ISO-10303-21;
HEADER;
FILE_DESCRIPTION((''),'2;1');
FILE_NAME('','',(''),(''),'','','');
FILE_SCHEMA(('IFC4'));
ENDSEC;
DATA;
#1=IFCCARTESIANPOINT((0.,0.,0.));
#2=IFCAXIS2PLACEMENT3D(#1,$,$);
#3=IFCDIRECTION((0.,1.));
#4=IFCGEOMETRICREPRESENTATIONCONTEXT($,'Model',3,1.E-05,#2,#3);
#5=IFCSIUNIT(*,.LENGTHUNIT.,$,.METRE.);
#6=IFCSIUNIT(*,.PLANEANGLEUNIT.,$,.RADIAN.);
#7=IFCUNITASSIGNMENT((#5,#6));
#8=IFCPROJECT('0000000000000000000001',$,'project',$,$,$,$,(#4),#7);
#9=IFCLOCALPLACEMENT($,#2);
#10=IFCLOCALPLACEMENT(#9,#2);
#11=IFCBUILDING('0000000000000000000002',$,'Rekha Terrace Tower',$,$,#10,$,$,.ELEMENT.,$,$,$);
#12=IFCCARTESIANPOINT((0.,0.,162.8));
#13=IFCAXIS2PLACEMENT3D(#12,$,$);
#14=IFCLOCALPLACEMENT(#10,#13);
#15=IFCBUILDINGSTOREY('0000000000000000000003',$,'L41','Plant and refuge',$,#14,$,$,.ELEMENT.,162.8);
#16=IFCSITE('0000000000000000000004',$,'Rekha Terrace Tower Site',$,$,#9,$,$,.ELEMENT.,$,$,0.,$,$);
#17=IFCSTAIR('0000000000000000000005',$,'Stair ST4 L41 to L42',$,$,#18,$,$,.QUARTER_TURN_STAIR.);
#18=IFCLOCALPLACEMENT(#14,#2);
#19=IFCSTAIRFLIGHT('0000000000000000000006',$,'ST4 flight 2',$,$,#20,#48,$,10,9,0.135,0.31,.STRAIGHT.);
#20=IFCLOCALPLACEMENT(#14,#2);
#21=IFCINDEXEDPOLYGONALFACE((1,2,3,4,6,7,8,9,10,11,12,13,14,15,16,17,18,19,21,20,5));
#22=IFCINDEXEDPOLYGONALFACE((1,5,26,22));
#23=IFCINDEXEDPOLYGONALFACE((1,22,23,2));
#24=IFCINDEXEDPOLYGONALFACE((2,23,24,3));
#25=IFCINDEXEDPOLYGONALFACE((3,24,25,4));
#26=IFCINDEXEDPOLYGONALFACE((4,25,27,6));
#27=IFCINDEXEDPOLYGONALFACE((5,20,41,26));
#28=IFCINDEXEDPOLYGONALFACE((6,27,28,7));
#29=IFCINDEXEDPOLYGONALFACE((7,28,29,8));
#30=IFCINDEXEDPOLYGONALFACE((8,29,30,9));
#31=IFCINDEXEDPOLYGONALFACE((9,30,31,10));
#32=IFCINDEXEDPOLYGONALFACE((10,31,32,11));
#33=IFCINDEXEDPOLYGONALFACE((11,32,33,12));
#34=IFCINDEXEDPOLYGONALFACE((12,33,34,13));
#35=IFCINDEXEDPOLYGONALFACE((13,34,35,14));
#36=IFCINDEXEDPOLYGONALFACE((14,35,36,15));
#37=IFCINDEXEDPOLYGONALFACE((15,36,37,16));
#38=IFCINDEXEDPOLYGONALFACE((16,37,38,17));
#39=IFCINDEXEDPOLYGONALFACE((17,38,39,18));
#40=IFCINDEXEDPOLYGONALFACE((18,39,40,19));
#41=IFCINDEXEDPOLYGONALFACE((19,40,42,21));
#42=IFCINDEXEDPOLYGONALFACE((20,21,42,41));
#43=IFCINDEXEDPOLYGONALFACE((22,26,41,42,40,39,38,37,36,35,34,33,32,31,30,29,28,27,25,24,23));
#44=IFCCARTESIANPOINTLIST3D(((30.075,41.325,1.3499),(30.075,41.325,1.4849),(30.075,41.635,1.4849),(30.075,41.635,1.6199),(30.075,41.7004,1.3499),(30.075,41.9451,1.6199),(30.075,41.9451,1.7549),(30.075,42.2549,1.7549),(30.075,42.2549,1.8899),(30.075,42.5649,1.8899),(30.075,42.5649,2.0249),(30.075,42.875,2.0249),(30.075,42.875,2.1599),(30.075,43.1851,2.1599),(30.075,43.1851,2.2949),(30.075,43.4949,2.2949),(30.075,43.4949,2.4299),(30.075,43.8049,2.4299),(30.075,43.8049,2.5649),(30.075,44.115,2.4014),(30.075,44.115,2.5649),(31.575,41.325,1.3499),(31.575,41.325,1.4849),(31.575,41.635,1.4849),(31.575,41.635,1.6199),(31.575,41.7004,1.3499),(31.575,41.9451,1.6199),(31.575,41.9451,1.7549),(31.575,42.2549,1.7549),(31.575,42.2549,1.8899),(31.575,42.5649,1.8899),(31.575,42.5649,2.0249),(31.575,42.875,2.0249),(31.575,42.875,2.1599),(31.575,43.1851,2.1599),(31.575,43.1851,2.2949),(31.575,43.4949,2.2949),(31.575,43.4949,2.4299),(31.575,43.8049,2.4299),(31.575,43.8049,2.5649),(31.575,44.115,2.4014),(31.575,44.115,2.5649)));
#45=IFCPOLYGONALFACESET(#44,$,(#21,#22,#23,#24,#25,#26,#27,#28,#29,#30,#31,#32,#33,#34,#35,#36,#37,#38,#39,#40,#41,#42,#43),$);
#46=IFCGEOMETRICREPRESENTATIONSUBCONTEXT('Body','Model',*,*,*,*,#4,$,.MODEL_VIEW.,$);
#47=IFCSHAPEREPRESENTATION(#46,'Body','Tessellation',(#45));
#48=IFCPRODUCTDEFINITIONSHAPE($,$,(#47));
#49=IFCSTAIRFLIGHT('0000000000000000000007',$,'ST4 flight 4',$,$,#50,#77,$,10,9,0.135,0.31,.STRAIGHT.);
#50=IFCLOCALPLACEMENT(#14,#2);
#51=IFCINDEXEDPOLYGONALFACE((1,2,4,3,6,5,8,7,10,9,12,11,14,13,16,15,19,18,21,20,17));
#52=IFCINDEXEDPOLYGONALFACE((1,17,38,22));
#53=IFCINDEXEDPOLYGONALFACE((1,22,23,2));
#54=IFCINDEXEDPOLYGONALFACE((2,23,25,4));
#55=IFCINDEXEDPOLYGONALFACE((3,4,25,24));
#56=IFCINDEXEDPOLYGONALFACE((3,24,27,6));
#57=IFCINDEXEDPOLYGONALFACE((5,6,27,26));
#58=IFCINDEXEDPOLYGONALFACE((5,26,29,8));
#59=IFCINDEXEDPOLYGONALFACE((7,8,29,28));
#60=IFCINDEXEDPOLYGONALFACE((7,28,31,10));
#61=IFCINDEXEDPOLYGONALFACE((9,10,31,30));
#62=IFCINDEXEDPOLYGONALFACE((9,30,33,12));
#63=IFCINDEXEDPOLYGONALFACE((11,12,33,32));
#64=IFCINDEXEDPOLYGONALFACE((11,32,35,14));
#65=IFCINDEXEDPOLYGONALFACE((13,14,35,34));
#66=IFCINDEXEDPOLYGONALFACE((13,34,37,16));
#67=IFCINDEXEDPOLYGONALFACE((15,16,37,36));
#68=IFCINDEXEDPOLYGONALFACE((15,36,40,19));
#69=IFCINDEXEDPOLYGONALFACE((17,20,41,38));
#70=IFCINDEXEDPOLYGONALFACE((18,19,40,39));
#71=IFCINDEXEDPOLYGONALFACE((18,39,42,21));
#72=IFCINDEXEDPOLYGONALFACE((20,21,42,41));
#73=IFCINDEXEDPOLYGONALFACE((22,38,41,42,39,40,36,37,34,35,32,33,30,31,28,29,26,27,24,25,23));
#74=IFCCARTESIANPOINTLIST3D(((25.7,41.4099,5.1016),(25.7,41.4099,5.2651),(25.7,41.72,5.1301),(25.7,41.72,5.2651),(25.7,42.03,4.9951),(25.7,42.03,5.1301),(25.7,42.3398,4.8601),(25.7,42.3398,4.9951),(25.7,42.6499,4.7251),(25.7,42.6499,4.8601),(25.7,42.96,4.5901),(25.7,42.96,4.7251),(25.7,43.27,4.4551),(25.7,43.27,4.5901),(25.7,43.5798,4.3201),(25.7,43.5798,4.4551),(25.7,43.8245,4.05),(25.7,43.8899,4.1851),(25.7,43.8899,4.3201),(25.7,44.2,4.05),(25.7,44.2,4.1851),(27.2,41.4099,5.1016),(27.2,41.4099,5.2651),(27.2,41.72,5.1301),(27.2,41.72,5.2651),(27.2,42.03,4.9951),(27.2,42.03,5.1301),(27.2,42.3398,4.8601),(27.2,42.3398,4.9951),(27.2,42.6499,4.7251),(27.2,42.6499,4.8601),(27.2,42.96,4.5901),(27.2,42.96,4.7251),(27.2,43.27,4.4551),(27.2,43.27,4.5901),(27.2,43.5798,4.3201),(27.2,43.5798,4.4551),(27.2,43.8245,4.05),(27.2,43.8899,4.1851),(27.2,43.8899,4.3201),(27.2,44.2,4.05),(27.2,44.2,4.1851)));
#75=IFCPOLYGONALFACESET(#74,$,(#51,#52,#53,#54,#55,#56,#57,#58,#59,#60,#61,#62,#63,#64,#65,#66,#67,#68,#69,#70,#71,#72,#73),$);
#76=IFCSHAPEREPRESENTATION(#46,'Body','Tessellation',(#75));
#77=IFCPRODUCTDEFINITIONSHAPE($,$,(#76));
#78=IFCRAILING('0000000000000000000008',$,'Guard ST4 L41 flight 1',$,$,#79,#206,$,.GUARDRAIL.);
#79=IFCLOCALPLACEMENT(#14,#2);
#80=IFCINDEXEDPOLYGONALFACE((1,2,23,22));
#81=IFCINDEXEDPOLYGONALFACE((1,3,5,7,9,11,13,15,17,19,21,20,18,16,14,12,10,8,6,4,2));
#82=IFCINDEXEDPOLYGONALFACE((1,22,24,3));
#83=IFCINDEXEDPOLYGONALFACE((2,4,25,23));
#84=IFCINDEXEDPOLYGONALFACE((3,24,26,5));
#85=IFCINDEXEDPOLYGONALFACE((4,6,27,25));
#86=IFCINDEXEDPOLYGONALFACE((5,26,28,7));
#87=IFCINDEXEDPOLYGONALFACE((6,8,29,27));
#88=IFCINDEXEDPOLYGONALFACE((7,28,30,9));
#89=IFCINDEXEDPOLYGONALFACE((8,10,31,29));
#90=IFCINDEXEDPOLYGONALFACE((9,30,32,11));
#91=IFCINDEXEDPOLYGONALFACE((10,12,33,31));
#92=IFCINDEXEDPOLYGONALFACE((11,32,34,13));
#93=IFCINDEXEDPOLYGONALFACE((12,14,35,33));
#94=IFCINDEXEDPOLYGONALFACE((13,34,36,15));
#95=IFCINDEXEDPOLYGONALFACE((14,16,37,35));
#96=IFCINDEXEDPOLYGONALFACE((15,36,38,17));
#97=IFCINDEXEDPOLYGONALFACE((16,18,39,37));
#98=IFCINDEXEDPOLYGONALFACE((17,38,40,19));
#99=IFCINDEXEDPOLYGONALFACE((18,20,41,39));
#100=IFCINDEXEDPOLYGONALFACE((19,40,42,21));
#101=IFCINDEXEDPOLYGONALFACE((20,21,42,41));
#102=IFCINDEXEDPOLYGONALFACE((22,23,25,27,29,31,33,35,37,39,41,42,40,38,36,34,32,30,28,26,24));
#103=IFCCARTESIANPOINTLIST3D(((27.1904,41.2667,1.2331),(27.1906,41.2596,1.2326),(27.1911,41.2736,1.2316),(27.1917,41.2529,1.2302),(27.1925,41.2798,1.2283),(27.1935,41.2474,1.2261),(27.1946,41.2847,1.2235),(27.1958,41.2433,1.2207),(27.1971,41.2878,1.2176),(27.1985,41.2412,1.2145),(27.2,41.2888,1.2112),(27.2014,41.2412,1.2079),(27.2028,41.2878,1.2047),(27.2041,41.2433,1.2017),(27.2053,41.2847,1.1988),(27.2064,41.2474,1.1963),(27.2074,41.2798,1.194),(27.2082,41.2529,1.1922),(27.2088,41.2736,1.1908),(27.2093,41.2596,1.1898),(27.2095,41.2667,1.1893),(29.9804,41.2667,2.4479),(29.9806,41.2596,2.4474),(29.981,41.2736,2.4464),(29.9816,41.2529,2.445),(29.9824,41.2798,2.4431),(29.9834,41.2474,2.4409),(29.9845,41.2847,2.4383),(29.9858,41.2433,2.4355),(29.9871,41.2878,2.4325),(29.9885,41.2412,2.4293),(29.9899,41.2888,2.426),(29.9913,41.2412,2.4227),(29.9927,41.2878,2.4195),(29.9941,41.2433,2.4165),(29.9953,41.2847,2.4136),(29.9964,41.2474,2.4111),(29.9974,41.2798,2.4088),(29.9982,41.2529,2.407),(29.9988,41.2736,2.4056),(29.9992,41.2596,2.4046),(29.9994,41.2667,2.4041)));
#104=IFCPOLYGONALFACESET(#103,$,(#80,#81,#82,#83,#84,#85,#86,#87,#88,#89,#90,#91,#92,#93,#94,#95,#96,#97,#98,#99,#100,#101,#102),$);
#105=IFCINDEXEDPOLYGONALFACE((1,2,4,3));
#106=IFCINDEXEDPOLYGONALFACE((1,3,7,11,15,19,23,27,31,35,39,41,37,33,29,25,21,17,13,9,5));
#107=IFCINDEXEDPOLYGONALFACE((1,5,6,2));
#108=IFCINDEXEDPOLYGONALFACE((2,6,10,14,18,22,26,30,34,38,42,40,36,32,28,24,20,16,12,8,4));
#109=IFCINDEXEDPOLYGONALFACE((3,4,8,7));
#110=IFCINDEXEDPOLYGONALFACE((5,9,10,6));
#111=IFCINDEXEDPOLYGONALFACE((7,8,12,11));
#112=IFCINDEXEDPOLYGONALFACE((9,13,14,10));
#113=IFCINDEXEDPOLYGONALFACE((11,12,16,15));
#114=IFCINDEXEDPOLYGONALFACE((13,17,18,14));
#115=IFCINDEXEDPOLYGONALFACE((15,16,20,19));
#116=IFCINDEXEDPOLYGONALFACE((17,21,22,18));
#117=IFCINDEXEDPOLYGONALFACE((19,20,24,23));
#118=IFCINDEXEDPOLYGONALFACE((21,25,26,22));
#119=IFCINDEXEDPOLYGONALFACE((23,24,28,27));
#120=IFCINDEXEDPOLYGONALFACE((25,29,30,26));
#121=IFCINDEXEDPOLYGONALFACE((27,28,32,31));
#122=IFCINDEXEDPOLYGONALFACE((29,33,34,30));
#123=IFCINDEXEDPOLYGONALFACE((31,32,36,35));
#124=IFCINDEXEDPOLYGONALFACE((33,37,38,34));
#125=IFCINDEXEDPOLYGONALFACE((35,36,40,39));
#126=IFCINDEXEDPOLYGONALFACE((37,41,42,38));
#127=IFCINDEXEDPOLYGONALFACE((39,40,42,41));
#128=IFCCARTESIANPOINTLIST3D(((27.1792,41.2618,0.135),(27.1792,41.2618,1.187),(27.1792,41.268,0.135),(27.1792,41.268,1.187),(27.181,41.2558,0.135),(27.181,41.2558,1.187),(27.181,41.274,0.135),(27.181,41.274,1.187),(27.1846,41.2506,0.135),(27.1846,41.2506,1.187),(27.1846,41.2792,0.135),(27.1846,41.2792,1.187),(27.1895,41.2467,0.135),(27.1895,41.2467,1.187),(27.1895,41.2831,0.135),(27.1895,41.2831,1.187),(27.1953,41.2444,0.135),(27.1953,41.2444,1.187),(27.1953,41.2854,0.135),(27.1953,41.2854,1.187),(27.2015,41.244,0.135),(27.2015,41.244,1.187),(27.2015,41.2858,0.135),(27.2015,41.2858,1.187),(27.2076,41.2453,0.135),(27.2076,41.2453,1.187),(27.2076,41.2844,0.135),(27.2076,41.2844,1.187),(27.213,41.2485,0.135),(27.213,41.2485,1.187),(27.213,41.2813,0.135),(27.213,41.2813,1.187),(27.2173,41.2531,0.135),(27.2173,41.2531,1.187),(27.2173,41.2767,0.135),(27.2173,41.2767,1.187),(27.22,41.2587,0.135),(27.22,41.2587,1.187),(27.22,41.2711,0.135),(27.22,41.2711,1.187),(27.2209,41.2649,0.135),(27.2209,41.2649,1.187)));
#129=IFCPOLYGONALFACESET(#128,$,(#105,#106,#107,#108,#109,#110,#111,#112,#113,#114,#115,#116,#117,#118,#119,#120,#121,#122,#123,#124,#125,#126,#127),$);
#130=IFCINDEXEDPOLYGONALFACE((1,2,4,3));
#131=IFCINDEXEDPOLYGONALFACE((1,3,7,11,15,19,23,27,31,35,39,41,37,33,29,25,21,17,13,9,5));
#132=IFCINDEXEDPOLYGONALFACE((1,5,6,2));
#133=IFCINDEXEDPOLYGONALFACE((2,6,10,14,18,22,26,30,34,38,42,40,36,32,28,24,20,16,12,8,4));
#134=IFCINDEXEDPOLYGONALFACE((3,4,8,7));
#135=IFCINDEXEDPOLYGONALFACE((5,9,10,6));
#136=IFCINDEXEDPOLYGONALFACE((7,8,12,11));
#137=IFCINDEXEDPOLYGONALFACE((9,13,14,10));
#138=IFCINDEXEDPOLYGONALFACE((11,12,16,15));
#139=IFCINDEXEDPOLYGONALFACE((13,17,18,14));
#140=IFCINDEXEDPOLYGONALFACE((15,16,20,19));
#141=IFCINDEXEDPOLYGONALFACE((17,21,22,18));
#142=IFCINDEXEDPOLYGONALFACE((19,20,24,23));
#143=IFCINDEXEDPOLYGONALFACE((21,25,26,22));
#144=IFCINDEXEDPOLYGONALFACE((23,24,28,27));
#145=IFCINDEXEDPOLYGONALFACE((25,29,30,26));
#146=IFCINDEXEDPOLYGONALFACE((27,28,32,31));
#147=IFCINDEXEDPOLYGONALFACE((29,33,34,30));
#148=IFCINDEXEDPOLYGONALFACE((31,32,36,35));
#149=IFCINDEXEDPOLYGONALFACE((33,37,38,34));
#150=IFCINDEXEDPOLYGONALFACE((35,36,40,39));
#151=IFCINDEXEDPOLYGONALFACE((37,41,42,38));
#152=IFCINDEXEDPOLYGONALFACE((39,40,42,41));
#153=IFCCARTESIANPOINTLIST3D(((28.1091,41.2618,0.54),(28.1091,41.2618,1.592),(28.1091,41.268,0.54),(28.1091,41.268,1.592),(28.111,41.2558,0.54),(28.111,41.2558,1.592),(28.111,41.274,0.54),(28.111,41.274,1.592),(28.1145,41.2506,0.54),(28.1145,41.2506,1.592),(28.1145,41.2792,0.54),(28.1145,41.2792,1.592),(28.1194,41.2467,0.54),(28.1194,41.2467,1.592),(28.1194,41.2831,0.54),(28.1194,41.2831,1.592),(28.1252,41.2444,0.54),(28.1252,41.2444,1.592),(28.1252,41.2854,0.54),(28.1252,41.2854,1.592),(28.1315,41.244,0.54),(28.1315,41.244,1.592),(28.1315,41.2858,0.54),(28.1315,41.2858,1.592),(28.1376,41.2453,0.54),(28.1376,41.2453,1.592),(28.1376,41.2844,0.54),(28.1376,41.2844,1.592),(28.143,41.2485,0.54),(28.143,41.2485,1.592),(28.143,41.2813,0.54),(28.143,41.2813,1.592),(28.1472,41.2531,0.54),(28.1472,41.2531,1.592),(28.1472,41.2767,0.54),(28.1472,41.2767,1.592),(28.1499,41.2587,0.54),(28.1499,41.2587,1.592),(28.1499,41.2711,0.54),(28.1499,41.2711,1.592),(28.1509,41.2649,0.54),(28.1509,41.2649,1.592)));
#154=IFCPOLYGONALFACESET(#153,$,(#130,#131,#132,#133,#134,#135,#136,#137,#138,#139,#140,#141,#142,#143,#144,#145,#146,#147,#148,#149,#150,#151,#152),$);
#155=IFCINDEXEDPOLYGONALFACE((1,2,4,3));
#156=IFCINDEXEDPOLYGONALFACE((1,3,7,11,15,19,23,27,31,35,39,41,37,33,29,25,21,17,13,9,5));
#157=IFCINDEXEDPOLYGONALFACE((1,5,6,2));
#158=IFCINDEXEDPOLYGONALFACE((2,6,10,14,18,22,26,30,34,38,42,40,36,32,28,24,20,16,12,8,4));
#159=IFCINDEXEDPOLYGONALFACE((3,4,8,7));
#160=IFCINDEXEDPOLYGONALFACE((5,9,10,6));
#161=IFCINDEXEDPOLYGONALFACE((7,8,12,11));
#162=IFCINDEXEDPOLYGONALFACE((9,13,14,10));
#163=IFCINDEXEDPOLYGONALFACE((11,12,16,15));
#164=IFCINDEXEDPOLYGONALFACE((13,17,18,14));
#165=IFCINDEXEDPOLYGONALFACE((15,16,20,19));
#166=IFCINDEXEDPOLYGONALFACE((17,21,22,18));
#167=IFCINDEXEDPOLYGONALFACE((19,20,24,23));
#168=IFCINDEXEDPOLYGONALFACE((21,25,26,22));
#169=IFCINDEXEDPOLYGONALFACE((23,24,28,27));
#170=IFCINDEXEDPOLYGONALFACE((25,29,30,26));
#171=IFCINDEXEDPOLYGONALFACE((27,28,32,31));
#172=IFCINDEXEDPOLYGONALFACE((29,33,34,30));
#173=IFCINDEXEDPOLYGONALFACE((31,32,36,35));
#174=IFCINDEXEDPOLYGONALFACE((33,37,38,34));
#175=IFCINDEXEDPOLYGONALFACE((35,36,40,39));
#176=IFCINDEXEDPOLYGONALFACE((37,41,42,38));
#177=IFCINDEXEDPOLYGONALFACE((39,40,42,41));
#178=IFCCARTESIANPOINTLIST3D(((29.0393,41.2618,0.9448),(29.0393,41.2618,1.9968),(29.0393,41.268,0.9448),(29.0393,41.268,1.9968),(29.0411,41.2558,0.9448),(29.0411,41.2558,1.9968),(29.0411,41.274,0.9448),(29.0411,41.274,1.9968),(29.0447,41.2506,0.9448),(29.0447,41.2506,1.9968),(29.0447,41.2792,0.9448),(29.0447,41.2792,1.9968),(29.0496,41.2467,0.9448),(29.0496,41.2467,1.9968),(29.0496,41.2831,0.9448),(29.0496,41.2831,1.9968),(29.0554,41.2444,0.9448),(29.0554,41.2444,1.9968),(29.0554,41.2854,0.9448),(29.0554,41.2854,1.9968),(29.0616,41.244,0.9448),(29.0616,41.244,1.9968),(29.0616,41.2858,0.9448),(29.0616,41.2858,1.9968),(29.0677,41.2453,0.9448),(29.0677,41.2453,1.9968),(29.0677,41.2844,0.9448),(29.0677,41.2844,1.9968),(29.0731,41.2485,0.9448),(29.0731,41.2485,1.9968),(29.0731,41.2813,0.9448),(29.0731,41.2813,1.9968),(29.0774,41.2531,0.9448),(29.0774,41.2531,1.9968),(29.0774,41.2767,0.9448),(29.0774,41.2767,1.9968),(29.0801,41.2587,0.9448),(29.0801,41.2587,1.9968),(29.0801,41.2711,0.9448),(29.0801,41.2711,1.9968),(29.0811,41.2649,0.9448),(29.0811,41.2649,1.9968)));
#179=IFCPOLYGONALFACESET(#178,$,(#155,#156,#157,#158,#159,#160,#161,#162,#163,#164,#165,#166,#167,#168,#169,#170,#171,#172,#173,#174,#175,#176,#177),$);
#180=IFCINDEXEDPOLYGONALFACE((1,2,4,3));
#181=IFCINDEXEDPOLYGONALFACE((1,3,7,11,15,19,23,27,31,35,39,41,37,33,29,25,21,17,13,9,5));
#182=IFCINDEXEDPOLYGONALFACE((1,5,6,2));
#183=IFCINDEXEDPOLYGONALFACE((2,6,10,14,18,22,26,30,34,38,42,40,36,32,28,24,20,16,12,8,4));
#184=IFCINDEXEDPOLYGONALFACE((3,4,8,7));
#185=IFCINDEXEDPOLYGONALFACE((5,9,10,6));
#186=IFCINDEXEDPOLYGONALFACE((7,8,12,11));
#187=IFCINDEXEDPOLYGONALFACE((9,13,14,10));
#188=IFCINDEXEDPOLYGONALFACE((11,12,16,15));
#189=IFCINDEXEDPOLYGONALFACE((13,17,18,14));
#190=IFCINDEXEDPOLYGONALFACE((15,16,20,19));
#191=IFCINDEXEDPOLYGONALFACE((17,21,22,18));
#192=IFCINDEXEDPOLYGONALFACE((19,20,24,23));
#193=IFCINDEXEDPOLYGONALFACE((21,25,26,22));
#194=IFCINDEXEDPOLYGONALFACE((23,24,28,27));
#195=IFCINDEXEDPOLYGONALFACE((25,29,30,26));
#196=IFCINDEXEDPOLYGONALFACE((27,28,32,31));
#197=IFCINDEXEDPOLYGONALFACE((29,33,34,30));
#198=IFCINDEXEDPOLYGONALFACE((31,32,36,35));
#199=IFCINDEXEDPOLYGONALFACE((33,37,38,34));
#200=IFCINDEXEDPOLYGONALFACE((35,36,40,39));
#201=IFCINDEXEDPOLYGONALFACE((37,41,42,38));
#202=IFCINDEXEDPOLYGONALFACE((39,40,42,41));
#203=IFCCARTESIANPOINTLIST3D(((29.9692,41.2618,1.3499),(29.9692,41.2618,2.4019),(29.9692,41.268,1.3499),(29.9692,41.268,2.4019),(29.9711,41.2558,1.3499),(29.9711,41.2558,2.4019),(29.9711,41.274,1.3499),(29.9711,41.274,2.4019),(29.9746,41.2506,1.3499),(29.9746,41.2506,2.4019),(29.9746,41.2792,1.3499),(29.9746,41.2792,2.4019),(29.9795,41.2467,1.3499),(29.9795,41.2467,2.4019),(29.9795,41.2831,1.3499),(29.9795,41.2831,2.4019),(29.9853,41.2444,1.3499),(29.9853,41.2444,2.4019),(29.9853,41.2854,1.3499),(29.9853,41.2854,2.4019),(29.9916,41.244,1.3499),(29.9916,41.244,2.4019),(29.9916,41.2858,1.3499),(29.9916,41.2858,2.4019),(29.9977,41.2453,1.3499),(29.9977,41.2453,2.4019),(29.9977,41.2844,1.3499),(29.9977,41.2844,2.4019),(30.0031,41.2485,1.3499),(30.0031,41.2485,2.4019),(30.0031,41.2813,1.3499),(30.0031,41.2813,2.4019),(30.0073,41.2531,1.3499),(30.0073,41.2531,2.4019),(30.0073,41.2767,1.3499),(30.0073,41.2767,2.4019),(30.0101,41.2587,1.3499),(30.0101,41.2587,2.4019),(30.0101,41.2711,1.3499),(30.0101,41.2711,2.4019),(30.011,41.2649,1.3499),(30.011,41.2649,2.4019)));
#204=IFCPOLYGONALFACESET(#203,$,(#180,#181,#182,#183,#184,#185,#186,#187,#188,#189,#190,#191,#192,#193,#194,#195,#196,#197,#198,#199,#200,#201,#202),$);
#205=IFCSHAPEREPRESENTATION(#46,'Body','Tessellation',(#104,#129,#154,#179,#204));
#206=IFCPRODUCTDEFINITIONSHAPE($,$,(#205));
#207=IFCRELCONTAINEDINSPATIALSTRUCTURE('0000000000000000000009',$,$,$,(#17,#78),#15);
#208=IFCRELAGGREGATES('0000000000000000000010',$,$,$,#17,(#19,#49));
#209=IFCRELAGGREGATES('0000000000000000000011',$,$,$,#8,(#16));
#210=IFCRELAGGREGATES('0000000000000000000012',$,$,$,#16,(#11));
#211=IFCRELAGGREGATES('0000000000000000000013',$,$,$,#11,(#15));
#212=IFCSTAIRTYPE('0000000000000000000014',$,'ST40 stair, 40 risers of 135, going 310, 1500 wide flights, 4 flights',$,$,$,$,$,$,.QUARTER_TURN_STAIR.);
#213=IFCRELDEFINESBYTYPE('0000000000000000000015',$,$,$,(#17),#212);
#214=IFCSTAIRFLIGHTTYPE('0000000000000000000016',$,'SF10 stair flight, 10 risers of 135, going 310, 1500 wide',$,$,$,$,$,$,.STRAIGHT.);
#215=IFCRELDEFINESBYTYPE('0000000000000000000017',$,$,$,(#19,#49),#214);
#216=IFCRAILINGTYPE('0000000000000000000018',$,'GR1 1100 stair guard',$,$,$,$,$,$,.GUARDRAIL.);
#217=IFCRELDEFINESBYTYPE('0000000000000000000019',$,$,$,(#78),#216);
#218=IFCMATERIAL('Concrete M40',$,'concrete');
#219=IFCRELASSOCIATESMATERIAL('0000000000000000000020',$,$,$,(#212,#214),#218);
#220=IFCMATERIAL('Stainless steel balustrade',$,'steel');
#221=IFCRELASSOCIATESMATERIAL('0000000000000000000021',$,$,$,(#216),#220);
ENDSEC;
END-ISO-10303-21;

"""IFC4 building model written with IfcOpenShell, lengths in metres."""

from ifc_helpers import new_model, si_unit, direction, frame, origin, origin_2d, place, context, subcontext, project, spatial, polyline, circle, outline, extrude, material, type_object, element, aggregate, save


model = new_model("IFC4")

# Units and contexts
model_context = context("Model", 3, precision=1e-05, world=origin(), true_north=direction((0.0, 1.0)))
body_context = subcontext(model_context, "Body", "Model", "MODEL_VIEW")
ifc_project = project(units=[si_unit("LENGTHUNIT", "METRE"), si_unit("PLANEANGLEUNIT", "RADIAN")], contexts=[model_context])

# Site, building, storey
site_placement = place(None, origin())
site = spatial("IfcSite", under=ifc_project, at=site_placement, Name="Rekha Terrace Tower Site", CompositionType="ELEMENT", RefElevation=0.0)
building_placement = place(site_placement, origin())
building = spatial("IfcBuilding", under=site, at=building_placement, Name="Rekha Terrace Tower", CompositionType="ELEMENT")
storey_placement = place(building_placement, frame((0.0, 0.0, 162.8)))
storey = spatial("IfcBuildingStorey", under=building, at=storey_placement, Name="L41", Description="Plant and refuge", CompositionType="ELEMENT", Elevation=162.8)

# Stair, stair flights
ifc_material_1 = material(Name="Concrete M40", Category="concrete")
stair_type = type_object("IfcStairType", Name="ST40 stair, 40 risers of 135, going 310, 1500 wide flights, 4 flights", PredefinedType="QUARTER_TURN_STAIR", material=ifc_material_1)
stair_placement = place(storey_placement, origin())
stair = element("IfcStair", 1, at=stair_placement, inside=storey, type_object=stair_type, Name="Stair ST4 L41 to L42", PredefinedType="QUARTER_TURN_STAIR")
stair_flight_type = type_object("IfcStairFlightType", Name="SF10 stair flight, 10 risers of 135, going 310, 1500 wide", PredefinedType="STRAIGHT", material=ifc_material_1)
stair_flight_1_placement = place(storey_placement, frame((30.825, 41.325, 1.3499), z_axis=(0.0, 0.0, 1.0), x_axis=(0.0, 1.0, 0.0)))
stair_flight_1 = element("IfcStairFlight", 2, at=stair_flight_1_placement, type_object=stair_flight_type, Name="ST4 flight 2", NumberOfRisers=10, NumberOfTreads=9, PredefinedType="STRAIGHT", RiserHeight=0.135, TreadLength=0.31, context=body_context, shape_type="SweptSolid", body=[
    extrude(outline(polyline([(0.0, 0.0), (0.0, 0.135), (0.3101, 0.135), (0.3101, 0.27), (0.6201, 0.27), (0.6201, 0.405), (0.9299, 0.405), (0.9299, 0.54), (1.24, 0.54), (1.24, 0.675), (1.55, 0.675), (1.55, 0.8101), (1.8601, 0.8101), (1.8601, 0.9451), (2.1699, 0.9451), (2.1699, 1.0801), (2.48, 1.0801), (2.48, 1.2151), (2.79, 1.2151), (2.79, 1.3501), (2.79, 1.0515), (0.3755, 0.0), (0.0, 0.0)])), frame((0.0, 0.75, 0.0), z_axis=(0.0, -1.0, 0.0), x_axis=(1.0, 0.0, 0.0)), (0.0, 0.0, 1.0), 1.5),
])
stair_flight_2_placement = place(storey_placement, frame((26.45, 44.2, 4.05), z_axis=(0.0, 0.0, 1.0), x_axis=(0.0, -1.0, 0.0)))
stair_flight_2 = element("IfcStairFlight", 3, at=stair_flight_2_placement, type_object=stair_flight_type, Name="ST4 flight 4", NumberOfRisers=10, NumberOfTreads=9, PredefinedType="STRAIGHT", RiserHeight=0.135, TreadLength=0.31, context=body_context, shape_type="SweptSolid", body=[
    extrude(outline(polyline([(0.0, 0.0), (0.0, 0.135), (0.3101, 0.135), (0.3101, 0.27), (0.6201, 0.27), (0.6201, 0.405), (0.9299, 0.405), (0.9299, 0.54), (1.24, 0.54), (1.24, 0.675), (1.55, 0.675), (1.55, 0.8101), (1.8601, 0.8101), (1.8601, 0.9451), (2.1699, 0.9451), (2.1699, 1.0801), (2.48, 1.0801), (2.48, 1.2151), (2.79, 1.2151), (2.79, 1.3501), (2.79, 1.0515), (0.3755, 0.0), (0.0, 0.0)])), frame((0.0, 0.75, 0.0), z_axis=(0.0, -1.0, 0.0), x_axis=(1.0, 0.0, 0.0)), (0.0, 0.0, 1.0), 1.5),
])
aggregate(stair, [stair_flight_1, stair_flight_2])

# Railing
ifc_material_2 = material(Name="Stainless steel balustrade", Category="steel")
railing_type_1 = type_object("IfcRailingType", Name="GR1 1100 stair guard", PredefinedType="GUARDRAIL", material=ifc_material_2)
railing_1_placement = place(storey_placement, frame((27.2, 41.2649, 0.135)))
element("IfcRailing", 4, at=railing_1_placement, inside=storey, type_object=railing_type_1, Name="Guard ST4 L41 flight 1", PredefinedType="GUARDRAIL", context=body_context, shape_type="SweptSolid", body=[
    extrude(circle(Radius=0.0239, at=origin_2d()), frame((0.0, 0.0, 1.0762), z_axis=(0.916856, 0.0, 0.399219), x_axis=(0.0, 1.0, 0.0)), (0.0, 0.0, 1.0), 3.043),
    extrude(circle(Radius=0.021, at=origin_2d()), origin(), (0.0, 0.0, 1.0), 1.052),
    extrude(circle(Radius=0.021, at=origin_2d()), frame((0.9299, 0.0, 0.405)), (0.0, 0.0, 1.0), 1.052),
    extrude(circle(Radius=0.021, at=origin_2d()), frame((1.8601, 0.0, 0.8098)), (0.0, 0.0, 1.0), 1.052),
    extrude(circle(Radius=0.021, at=origin_2d()), frame((2.79, 0.0, 1.2148)), (0.0, 0.0, 1.0), 1.052),
])

save(model, "model.ifc")
